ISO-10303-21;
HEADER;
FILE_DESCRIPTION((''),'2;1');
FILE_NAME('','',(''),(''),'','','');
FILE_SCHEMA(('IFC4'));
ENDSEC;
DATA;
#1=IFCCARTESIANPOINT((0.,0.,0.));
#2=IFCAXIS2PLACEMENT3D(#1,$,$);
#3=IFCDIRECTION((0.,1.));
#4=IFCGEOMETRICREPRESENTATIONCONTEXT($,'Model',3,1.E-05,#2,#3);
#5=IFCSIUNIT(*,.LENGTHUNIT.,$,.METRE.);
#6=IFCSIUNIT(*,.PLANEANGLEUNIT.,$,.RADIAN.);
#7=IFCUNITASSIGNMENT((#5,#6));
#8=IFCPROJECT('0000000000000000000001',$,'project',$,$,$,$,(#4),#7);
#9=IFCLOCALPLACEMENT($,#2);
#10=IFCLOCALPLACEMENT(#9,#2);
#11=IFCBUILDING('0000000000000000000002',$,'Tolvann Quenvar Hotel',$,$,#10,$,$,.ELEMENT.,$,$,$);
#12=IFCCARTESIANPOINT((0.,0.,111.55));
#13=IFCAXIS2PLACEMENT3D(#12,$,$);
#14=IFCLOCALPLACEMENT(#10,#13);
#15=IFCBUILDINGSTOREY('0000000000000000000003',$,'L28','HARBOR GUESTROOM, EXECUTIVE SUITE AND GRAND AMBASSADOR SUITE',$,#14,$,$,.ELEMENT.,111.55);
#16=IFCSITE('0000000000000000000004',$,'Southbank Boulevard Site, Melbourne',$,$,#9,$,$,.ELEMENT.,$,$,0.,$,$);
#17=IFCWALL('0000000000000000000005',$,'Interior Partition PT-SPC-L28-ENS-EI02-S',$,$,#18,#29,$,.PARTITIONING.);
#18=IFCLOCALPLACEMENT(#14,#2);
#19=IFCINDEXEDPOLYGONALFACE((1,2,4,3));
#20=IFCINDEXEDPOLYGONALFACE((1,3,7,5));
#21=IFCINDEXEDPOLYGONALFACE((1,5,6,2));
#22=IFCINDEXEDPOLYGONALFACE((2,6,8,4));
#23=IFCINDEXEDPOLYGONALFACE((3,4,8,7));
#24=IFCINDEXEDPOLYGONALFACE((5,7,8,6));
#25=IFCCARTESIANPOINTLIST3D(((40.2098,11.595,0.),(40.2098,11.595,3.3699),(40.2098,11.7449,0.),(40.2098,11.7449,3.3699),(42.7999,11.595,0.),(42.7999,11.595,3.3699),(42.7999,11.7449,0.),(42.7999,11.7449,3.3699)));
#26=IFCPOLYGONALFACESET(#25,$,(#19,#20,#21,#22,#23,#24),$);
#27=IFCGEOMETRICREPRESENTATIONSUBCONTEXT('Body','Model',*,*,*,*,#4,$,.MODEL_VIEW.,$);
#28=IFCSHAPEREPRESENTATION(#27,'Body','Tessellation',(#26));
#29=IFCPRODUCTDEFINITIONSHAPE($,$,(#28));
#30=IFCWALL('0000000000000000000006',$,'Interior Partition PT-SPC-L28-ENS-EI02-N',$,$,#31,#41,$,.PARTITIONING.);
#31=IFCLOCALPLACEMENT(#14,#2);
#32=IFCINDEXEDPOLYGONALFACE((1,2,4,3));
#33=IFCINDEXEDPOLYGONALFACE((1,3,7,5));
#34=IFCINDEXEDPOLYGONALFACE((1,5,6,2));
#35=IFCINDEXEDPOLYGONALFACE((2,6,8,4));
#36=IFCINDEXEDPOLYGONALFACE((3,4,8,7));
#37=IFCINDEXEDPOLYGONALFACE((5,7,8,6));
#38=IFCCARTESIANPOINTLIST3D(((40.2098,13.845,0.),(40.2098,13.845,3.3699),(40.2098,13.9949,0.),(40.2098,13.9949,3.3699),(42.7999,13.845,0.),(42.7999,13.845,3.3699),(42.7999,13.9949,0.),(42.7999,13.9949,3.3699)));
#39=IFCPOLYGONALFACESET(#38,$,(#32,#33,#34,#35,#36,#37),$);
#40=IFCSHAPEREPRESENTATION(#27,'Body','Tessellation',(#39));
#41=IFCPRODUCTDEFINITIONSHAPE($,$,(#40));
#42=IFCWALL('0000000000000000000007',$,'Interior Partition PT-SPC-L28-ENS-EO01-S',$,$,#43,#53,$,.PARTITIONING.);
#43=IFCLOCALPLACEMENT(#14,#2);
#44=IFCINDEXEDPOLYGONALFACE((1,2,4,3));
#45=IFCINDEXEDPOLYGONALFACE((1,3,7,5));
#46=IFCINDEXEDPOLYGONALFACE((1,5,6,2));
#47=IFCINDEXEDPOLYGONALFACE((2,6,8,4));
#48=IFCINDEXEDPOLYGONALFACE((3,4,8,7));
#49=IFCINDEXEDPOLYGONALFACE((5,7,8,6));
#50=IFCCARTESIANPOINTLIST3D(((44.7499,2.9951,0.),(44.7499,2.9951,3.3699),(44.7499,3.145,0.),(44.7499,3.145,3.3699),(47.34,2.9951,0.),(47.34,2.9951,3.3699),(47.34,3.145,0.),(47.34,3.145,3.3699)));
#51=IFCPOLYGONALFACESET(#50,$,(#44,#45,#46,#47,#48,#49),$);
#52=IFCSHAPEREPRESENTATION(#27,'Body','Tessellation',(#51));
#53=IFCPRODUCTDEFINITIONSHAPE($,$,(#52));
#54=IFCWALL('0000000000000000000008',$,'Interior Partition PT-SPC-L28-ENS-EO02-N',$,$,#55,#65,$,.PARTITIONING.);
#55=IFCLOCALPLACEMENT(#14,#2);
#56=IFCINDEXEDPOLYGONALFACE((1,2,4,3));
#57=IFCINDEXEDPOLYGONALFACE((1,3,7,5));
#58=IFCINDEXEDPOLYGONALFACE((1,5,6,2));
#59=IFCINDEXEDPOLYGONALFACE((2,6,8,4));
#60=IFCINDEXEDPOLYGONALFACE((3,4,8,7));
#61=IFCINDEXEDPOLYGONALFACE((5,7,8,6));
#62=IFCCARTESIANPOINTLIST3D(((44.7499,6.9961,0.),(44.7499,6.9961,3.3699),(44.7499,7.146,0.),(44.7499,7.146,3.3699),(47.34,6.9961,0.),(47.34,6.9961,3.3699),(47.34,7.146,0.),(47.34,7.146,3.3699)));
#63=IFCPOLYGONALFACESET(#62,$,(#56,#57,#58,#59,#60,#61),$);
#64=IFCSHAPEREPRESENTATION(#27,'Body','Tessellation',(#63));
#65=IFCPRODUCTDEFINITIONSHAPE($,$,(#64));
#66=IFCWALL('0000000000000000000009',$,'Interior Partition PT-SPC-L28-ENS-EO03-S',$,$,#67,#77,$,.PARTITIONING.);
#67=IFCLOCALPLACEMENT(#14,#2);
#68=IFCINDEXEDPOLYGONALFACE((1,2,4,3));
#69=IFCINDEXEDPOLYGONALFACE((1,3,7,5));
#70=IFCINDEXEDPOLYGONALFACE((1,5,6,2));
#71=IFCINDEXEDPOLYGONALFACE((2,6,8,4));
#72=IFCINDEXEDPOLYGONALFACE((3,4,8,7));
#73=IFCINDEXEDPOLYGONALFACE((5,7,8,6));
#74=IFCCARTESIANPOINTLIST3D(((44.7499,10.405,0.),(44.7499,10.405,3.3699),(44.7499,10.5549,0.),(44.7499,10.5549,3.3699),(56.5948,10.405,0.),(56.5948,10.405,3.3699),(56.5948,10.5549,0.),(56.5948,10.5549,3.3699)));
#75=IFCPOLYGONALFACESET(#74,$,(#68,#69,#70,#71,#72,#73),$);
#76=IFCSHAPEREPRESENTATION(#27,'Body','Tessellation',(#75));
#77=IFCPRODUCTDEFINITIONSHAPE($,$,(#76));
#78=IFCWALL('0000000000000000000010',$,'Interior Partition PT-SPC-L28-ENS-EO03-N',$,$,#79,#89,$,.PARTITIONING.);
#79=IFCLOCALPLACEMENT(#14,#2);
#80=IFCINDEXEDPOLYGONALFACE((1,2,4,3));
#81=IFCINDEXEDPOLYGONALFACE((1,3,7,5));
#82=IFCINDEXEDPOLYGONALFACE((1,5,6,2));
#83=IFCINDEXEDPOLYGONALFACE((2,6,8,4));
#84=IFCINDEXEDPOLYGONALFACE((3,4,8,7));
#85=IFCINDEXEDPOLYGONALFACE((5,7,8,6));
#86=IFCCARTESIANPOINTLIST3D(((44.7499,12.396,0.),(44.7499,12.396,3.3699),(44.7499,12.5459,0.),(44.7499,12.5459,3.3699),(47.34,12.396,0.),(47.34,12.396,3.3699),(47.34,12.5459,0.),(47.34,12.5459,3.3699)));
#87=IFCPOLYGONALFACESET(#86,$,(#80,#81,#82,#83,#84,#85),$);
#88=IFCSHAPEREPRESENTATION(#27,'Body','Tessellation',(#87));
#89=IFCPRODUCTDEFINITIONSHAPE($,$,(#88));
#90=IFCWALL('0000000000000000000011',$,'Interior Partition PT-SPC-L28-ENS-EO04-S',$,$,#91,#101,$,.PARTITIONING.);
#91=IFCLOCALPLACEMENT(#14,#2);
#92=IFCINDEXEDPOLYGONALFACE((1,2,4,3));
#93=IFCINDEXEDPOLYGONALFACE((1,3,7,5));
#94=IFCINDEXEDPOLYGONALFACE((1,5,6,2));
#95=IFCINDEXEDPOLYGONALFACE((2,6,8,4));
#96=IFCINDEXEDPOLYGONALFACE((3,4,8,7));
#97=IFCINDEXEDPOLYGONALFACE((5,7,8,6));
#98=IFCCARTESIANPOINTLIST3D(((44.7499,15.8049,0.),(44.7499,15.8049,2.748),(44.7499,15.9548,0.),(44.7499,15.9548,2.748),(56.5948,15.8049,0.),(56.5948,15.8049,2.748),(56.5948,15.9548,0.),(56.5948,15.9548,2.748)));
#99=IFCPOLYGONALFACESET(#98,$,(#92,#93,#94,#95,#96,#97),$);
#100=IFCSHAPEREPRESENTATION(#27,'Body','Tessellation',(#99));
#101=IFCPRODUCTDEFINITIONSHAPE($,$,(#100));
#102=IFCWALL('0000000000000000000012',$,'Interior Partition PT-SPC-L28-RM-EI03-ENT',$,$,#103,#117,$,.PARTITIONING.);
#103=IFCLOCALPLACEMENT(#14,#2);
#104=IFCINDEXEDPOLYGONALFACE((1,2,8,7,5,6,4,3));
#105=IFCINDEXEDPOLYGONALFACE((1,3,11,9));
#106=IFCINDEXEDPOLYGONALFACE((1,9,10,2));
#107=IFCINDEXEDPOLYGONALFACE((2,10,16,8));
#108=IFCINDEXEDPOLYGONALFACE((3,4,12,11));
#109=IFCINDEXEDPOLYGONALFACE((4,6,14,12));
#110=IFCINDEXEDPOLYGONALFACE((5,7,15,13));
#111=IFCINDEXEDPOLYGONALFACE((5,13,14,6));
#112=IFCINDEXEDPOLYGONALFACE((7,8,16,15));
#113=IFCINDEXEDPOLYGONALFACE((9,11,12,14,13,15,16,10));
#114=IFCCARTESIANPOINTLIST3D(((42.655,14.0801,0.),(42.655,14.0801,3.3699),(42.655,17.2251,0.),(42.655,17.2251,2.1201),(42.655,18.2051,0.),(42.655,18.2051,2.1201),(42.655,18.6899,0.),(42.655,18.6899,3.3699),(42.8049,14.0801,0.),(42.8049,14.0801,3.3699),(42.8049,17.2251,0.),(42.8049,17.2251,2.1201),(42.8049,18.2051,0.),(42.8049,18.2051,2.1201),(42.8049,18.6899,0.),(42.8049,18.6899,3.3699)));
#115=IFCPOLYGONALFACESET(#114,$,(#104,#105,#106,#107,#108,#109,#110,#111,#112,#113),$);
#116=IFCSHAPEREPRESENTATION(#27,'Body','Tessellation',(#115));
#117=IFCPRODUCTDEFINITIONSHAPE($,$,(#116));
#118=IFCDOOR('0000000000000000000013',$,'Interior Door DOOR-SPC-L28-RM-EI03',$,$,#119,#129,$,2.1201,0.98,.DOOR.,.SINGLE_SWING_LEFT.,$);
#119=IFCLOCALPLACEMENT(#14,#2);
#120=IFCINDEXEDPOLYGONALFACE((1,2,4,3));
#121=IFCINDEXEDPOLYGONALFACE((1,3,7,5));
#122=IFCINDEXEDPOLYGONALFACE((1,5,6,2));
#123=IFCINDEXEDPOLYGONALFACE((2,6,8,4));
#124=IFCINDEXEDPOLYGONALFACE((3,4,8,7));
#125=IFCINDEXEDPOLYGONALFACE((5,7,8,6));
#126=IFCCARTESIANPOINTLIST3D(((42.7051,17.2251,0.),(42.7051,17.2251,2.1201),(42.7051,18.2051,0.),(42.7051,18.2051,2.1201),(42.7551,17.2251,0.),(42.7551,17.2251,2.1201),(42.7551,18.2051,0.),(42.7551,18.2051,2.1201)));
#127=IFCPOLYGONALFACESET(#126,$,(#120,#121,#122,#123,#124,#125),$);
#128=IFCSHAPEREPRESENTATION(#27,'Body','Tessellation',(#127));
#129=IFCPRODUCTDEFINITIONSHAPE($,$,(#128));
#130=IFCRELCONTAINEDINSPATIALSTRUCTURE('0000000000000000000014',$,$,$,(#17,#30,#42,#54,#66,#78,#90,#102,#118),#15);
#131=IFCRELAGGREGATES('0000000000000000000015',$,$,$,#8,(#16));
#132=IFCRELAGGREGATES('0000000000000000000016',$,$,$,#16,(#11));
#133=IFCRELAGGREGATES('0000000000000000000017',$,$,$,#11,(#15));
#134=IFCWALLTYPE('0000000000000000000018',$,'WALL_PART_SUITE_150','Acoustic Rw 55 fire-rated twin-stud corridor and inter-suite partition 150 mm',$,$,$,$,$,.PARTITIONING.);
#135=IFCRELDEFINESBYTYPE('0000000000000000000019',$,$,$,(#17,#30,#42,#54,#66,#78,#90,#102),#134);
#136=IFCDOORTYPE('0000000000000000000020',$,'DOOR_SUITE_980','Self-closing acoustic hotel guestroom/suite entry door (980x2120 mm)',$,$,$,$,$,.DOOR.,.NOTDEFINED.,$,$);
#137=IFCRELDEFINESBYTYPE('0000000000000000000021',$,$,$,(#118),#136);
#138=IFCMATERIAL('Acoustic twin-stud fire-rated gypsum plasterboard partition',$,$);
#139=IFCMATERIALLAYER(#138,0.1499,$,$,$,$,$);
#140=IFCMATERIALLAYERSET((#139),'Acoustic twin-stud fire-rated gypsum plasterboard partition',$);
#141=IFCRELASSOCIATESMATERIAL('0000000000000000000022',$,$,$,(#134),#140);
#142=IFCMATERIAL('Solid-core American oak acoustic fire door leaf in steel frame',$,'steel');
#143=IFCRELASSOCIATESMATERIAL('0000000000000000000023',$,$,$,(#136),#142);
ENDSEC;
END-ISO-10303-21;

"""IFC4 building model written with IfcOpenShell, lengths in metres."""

from ifc_helpers import new_model, si_unit, direction, frame, frame_2d, origin, place, context, subcontext, project, spatial, rectangle, extrude, source, transform, mapped, material, layer, layer_set, type_object, type_shapes, element, fill, save


model = new_model("IFC4")

# Units and contexts
model_context = context("Model", 3, precision=1e-05, world=origin(), true_north=direction((0.0, 1.0)))
body_context = subcontext(model_context, "Body", "Model", "MODEL_VIEW")
ifc_project = project(units=[si_unit("LENGTHUNIT", "METRE"), si_unit("PLANEANGLEUNIT", "RADIAN")], contexts=[model_context])

# Site, building, storey
site_placement = place(None, origin())
site = spatial("IfcSite", under=ifc_project, at=site_placement, Name="Southbank Boulevard Site, Melbourne", CompositionType="ELEMENT", RefElevation=0.0)
building_placement = place(site_placement, origin())
building = spatial("IfcBuilding", under=site, at=building_placement, Name="Tolvann Quenvar Hotel", CompositionType="ELEMENT")
storey_placement = place(building_placement, frame((0.0, 0.0, 111.55)))
storey = spatial("IfcBuildingStorey", under=building, at=storey_placement, Name="L28", Description="HARBOR GUESTROOM, EXECUTIVE SUITE AND GRAND AMBASSADOR SUITE", CompositionType="ELEMENT", Elevation=111.55)

# Shared definitions
ifc_material_1 = material(Name="Acoustic twin-stud fire-rated gypsum plasterboard partition")
ifc_layer_1 = layer(ifc_material_1, 0.1499)
ifc_layer_set_1 = layer_set([ifc_layer_1], Name="Acoustic twin-stud fire-rated gypsum plasterboard partition")
wall_type_1 = type_object("IfcWallType", Name="WALL_PART_SUITE_150", Description="Acoustic Rw 55 fire-rated twin-stud corridor and inter-suite partition 150 mm", PredefinedType="PARTITIONING", material=ifc_layer_set_1)
ifc_material_2 = material(Name="Solid-core American oak acoustic fire door leaf in steel frame", Category="steel")

# Walls
for number, where, z_axis, x_axis, name in (
    (1, (40.21, 11.6699, 0.0), (0.0, 0.0, 1.0), (1.0, 0.0, 0.0), "Interior Partition PT-SPC-L28-ENS-EI02-S"),
    (2, (40.21, 13.9199, 0.0), (0.0, 0.0, 1.0), (1.0, 0.0, 0.0), "Interior Partition PT-SPC-L28-ENS-EI02-N"),
    (3, (44.75, 3.0701, 0.0), (0.0, 0.0, 1.0), (1.0, 0.0, 0.0), "Interior Partition PT-SPC-L28-ENS-EO01-S"),
    (4, (44.75, 7.071, 0.0), (0.0, 0.0, 1.0), (1.0, 0.0, 0.0), "Interior Partition PT-SPC-L28-ENS-EO02-N"),
):
    element("IfcWall", number, at=place(storey_placement, frame(where, z_axis=z_axis, x_axis=x_axis)), inside=storey, type_object=wall_type_1, Name=name, PredefinedType="PARTITIONING", context=body_context, shape_type="SweptSolid", body=[
        extrude(rectangle(XDim=2.5901, YDim=0.1499, at=frame_2d((1.2949, 0.0))), origin(), (0.0, 0.0, 1.0), 3.3699),
    ])
wall_1_placement = place(storey_placement, frame((44.75, 10.48, 0.0), z_axis=(0.0, 0.0, 1.0), x_axis=(1.0, 0.0, 0.0)))
element("IfcWall", 5, at=wall_1_placement, inside=storey, type_object=wall_type_1, Name="Interior Partition PT-SPC-L28-ENS-EO03-S", PredefinedType="PARTITIONING", context=body_context, shape_type="SweptSolid", body=[
    extrude(rectangle(XDim=11.845, YDim=0.1499, at=frame_2d((5.9224, 0.0))), origin(), (0.0, 0.0, 1.0), 3.3699),
])
wall_2_placement = place(storey_placement, frame((44.75, 12.4709, 0.0), z_axis=(0.0, 0.0, 1.0), x_axis=(1.0, 0.0, 0.0)))
element("IfcWall", 6, at=wall_2_placement, inside=storey, type_object=wall_type_1, Name="Interior Partition PT-SPC-L28-ENS-EO03-N", PredefinedType="PARTITIONING", context=body_context, shape_type="SweptSolid", body=[
    extrude(rectangle(XDim=2.5901, YDim=0.1499, at=frame_2d((1.2949, 0.0))), origin(), (0.0, 0.0, 1.0), 3.3699),
])
wall_3_placement = place(storey_placement, frame((44.75, 15.8799, 0.0), z_axis=(0.0, 0.0, 1.0), x_axis=(1.0, 0.0, 0.0)))
element("IfcWall", 7, at=wall_3_placement, inside=storey, type_object=wall_type_1, Name="Interior Partition PT-SPC-L28-ENS-EO04-S", PredefinedType="PARTITIONING", context=body_context, shape_type="SweptSolid", body=[
    extrude(rectangle(XDim=11.845, YDim=0.1499, at=frame_2d((5.9224, 0.0))), origin(), (0.0, 0.0, 1.0), 2.748),
])

# Wall, opening, door
door_type_1 = type_object("IfcDoorType", Name="DOOR_SUITE_980", Description="Self-closing acoustic hotel guestroom/suite entry door (980x2120 mm)", OperationType="NOTDEFINED", PredefinedType="DOOR", material=ifc_material_2)
shared_shape_1 = source(origin(), body_context, "Body", "SweptSolid", [
    extrude(rectangle(XDim=0.98, YDim=2.1201, at=frame_2d((0.49, 1.0601))), frame((0.0, 0.0249, 0.0), z_axis=(0.0, -1.0, 0.0), x_axis=(1.0, 0.0, 0.0)), (0.0, 0.0, 1.0), 0.05),
])
type_shapes(door_type_1, [shared_shape_1])
wall_4_placement = place(storey_placement, frame((42.73, 14.0801, 0.0), z_axis=(0.0, 0.0, 1.0), x_axis=(0.0, 1.0, 0.0)))
wall_4 = element("IfcWall", 8, at=wall_4_placement, inside=storey, type_object=wall_type_1, Name="Interior Partition PT-SPC-L28-RM-EI03-ENT", PredefinedType="PARTITIONING", context=body_context, shape_type="SweptSolid", body=[
    extrude(rectangle(XDim=4.6099, YDim=0.1499, at=frame_2d((2.3049, 0.0))), origin(), (0.0, 0.0, 1.0), 3.3699),
])
opening_1_placement = place(wall_4_placement, frame((3.145, 0.0, 0.0)))
opening_1 = element("IfcOpeningElement", 9, at=opening_1_placement, cuts=wall_4, PredefinedType="OPENING", context=body_context, shape_type="SweptSolid", body=[
    extrude(rectangle(XDim=0.98, YDim=2.1201, at=frame_2d((0.49, 1.0601))), frame((0.0, 0.085, 0.0), z_axis=(0.0, -1.0, 0.0), x_axis=(1.0, 0.0, 0.0)), (0.0, 0.0, 1.0), 0.1699),
])
door_1_placement = place(opening_1_placement, origin())
door_1 = element("IfcDoor", 10, at=door_1_placement, inside=storey, type_object=door_type_1, Name="Interior Door DOOR-SPC-L28-RM-EI03", OperationType="SINGLE_SWING_LEFT", OverallHeight=2.1201, OverallWidth=0.98, PredefinedType="DOOR", context=body_context, shape_type="MappedRepresentation", body=[
    mapped(shared_shape_1, transform((0.0, 0.0, 0.0), x_axis=(1.0, 0.0, 0.0), y_axis=(0.0, 1.0, 0.0), z_axis=(0.0, 0.0, 1.0), scale=1.0)),
])
fill(opening_1, door_1)

save(model, "model.ifc")
